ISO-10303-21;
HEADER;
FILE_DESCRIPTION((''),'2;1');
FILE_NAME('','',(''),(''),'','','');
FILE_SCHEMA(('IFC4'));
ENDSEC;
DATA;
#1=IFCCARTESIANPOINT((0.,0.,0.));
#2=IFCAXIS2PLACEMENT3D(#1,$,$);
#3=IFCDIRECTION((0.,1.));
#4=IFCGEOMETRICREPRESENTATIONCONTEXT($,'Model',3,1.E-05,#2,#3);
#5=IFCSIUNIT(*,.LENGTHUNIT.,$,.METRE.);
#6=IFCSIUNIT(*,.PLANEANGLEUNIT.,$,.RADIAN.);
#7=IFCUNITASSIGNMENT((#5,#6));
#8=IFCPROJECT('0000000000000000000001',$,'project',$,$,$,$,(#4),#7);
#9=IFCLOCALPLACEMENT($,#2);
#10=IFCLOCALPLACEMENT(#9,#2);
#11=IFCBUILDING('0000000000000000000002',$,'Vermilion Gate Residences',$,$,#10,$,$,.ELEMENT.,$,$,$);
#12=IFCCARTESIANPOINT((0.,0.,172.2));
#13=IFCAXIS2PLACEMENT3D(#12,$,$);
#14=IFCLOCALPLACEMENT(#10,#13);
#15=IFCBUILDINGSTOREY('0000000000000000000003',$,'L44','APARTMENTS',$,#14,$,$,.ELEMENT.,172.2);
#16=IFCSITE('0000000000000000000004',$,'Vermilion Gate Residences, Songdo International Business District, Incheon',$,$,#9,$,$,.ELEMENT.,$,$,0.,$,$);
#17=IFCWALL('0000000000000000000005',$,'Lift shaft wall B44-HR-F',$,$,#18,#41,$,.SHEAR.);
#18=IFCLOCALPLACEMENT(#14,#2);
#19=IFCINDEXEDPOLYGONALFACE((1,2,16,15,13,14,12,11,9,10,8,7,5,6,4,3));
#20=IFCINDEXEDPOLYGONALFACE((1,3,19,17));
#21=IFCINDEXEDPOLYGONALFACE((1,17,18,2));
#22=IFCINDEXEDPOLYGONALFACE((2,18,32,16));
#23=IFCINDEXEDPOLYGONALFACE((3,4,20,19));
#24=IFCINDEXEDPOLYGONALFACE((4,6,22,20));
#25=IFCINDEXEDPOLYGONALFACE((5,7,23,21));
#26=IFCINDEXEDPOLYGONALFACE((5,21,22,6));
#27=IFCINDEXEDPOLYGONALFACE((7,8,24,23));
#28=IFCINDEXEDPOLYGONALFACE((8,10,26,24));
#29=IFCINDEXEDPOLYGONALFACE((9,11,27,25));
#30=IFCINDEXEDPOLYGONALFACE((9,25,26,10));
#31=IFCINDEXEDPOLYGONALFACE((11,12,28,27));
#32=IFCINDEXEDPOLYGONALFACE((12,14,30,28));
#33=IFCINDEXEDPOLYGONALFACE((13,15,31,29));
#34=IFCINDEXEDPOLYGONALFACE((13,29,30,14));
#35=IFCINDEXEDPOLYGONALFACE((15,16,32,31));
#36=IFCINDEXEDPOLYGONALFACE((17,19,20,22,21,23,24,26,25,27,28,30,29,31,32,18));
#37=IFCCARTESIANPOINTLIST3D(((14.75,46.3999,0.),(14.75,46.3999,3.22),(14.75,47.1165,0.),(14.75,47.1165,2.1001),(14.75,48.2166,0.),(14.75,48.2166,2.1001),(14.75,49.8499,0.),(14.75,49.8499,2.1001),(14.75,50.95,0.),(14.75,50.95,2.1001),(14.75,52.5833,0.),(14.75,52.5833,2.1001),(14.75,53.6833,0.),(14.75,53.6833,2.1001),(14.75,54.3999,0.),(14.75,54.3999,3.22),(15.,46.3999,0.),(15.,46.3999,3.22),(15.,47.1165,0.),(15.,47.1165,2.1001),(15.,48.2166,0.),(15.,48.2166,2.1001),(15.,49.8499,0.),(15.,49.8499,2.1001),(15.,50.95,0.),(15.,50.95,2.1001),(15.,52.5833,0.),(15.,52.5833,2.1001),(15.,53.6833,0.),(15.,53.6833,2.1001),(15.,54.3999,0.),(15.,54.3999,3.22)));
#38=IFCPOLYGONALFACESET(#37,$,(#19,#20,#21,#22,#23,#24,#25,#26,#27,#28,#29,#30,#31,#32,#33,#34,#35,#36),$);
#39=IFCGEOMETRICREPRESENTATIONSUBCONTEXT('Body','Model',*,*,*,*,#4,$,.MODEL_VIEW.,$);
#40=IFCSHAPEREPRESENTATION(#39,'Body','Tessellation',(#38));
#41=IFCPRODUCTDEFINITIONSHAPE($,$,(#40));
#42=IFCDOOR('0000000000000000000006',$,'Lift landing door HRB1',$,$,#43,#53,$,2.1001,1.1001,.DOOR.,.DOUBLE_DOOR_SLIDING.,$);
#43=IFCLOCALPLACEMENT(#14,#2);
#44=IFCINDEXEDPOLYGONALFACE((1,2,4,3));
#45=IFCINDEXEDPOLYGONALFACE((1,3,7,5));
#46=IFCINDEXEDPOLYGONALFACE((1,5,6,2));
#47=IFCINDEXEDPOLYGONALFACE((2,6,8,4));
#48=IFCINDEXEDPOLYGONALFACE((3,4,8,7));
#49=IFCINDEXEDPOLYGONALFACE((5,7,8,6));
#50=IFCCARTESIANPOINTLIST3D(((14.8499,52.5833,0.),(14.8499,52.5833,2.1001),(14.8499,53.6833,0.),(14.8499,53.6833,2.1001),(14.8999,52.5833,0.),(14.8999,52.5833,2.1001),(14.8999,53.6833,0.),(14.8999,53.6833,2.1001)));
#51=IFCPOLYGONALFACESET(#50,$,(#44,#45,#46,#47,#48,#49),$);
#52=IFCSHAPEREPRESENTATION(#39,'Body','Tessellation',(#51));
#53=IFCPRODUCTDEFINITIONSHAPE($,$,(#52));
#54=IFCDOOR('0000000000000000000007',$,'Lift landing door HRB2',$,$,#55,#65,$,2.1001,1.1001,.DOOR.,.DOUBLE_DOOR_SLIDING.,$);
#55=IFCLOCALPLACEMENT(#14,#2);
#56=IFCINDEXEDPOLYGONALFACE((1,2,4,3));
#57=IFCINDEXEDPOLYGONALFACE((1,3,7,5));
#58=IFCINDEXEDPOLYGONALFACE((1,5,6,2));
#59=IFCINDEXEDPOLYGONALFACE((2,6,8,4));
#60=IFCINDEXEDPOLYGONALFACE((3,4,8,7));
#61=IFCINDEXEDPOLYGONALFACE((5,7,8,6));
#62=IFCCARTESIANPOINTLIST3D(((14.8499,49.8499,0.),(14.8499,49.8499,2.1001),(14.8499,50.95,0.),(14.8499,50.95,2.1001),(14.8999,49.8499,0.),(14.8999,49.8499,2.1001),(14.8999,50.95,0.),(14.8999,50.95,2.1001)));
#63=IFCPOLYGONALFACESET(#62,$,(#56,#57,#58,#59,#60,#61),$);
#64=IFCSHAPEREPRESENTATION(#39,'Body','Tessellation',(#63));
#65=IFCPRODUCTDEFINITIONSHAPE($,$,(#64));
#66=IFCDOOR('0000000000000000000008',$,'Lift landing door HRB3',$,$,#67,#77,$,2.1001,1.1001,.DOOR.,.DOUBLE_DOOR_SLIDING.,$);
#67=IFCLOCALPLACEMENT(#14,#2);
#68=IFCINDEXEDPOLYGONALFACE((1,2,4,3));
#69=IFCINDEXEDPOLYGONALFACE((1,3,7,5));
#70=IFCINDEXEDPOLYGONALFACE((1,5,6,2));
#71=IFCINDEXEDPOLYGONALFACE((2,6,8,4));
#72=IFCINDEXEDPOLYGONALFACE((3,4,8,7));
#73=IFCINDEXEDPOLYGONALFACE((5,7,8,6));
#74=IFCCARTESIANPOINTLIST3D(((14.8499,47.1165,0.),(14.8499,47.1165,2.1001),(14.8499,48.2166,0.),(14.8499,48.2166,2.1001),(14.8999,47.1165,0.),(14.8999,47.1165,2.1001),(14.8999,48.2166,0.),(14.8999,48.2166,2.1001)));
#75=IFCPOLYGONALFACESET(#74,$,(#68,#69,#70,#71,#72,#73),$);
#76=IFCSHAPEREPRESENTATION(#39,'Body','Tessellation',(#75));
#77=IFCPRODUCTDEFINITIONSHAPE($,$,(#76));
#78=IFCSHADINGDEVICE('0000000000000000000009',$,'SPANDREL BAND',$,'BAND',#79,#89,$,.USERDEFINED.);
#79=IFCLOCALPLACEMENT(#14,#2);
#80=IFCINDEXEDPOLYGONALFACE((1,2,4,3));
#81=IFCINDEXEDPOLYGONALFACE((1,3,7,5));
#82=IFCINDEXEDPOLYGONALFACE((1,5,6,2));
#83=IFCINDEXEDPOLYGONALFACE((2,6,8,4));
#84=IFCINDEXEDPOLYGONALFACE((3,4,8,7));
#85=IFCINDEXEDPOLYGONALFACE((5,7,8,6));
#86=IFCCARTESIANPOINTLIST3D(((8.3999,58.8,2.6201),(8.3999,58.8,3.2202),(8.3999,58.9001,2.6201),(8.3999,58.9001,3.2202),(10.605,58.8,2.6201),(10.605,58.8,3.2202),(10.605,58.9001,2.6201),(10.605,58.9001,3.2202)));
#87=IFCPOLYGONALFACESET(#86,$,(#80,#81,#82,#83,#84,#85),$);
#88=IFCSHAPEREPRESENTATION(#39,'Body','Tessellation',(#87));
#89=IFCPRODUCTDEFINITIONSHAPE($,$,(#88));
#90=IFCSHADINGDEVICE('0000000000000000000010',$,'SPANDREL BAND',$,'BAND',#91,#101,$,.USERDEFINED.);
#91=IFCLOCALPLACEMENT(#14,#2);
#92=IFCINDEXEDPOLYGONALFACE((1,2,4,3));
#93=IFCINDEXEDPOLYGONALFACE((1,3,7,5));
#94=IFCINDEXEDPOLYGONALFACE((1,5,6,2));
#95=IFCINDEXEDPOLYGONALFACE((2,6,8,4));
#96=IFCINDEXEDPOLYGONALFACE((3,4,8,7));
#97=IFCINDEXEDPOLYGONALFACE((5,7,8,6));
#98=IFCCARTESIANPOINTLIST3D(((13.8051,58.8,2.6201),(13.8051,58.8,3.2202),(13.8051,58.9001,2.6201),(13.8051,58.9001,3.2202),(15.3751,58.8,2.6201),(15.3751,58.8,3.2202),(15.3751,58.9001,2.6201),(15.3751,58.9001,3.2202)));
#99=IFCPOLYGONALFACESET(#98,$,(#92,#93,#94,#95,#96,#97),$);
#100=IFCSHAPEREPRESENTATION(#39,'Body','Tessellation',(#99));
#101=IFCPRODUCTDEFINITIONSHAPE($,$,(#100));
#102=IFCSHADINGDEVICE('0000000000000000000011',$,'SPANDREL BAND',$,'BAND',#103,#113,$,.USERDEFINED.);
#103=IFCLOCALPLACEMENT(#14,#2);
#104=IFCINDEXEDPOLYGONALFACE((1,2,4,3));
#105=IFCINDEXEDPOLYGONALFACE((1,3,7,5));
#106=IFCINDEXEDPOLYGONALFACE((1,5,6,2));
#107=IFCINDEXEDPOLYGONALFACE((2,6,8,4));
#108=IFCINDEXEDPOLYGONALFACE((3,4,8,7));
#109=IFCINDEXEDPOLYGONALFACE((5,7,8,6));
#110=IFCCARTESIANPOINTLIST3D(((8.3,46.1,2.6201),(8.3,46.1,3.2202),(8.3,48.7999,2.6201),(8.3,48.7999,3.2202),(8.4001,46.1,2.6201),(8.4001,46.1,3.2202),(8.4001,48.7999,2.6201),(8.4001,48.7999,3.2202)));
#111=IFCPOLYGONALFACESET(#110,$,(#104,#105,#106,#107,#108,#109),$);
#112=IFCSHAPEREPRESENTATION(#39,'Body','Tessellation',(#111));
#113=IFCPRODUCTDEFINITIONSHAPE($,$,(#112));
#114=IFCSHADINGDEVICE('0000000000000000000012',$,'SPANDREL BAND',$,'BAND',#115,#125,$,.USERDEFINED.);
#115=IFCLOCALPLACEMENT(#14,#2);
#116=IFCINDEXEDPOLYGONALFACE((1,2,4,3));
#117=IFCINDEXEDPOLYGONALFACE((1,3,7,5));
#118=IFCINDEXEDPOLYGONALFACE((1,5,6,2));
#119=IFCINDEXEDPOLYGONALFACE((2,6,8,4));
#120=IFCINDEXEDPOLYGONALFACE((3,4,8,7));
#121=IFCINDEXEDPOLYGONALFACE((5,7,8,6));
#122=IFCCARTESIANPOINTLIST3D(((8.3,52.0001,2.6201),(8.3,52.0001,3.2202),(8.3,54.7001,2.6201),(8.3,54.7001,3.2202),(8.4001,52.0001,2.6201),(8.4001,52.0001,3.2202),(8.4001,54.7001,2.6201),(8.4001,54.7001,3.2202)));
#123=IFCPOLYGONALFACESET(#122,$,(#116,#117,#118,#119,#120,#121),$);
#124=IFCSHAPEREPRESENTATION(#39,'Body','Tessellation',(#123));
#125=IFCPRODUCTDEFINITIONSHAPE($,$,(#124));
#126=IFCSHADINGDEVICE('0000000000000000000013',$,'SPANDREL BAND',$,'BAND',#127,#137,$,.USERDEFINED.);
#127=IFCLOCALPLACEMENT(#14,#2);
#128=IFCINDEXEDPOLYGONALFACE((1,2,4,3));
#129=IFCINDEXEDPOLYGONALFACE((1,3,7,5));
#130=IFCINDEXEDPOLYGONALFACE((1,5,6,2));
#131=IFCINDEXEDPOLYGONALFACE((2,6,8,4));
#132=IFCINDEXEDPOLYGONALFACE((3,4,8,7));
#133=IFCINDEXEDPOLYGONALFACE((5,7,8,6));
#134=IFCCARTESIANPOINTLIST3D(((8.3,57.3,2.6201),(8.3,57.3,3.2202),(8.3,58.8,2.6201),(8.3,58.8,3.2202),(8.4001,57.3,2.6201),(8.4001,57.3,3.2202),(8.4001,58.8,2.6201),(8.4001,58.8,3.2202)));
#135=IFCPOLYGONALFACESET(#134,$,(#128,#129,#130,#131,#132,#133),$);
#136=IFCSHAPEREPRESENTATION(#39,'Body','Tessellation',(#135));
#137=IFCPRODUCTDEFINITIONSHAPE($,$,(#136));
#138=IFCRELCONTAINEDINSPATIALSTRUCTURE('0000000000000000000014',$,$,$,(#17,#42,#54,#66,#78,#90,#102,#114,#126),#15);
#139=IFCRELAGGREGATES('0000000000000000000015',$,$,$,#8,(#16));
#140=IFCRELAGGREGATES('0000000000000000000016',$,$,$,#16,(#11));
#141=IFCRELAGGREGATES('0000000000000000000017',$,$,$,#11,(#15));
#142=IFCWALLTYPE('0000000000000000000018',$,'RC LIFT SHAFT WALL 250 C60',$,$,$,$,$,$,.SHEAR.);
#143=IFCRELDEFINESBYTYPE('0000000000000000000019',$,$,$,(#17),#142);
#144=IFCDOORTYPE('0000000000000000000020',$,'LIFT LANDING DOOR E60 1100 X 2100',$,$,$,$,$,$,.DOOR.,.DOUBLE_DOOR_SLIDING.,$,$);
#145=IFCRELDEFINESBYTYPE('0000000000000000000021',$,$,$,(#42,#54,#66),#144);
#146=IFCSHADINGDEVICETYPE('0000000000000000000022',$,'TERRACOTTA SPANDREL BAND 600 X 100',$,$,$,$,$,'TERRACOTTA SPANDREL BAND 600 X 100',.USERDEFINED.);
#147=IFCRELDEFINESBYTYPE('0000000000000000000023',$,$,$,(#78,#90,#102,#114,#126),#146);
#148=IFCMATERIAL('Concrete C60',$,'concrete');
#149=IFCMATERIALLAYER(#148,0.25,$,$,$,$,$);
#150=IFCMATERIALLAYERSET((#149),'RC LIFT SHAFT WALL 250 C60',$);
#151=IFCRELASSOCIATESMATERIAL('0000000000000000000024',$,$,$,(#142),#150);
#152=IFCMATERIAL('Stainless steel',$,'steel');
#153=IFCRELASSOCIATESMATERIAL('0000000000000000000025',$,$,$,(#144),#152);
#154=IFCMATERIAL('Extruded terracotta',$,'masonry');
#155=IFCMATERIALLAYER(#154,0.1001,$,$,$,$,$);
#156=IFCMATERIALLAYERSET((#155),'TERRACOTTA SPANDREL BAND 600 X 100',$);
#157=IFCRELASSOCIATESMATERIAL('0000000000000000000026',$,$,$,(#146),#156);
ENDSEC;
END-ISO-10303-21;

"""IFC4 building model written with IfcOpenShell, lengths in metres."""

from ifc_helpers import new_model, si_unit, direction, frame, frame_2d, origin, origin_2d, place, context, subcontext, project, spatial, rectangle, extrude, material, layer, layer_set, type_object, element, fill, save


model = new_model("IFC4")

# Units and contexts
model_context = context("Model", 3, precision=1e-05, world=origin(), true_north=direction((0.0, 1.0)))
body_context = subcontext(model_context, "Body", "Model", "MODEL_VIEW")
ifc_project = project(units=[si_unit("LENGTHUNIT", "METRE"), si_unit("PLANEANGLEUNIT", "RADIAN")], contexts=[model_context])

# Site, building, storey
site_placement = place(None, origin())
site = spatial("IfcSite", under=ifc_project, at=site_placement, Name="Vermilion Gate Residences, Songdo International Business District, Incheon", CompositionType="ELEMENT", RefElevation=0.0)
building_placement = place(site_placement, origin())
building = spatial("IfcBuilding", under=site, at=building_placement, Name="Vermilion Gate Residences", CompositionType="ELEMENT")
storey_placement = place(building_placement, frame((0.0, 0.0, 172.2)))
storey = spatial("IfcBuildingStorey", under=building, at=storey_placement, Name="L44", Description="APARTMENTS", CompositionType="ELEMENT", Elevation=172.2)

# Wall, openings, doors
ifc_material_1 = material(Name="Concrete C60", Category="concrete")
ifc_layer_1 = layer(ifc_material_1, 0.25)
ifc_layer_set_1 = layer_set([ifc_layer_1], Name="RC LIFT SHAFT WALL 250 C60")
wall_type_1 = type_object("IfcWallType", Name="RC LIFT SHAFT WALL 250 C60", PredefinedType="SHEAR", material=ifc_layer_set_1)
wall_1_placement = place(storey_placement, frame((14.875, 54.3999, 0.0), z_axis=(0.0, 0.0, 1.0), x_axis=(0.0, -1.0, 0.0)))
wall_1 = element("IfcWall", 1, at=wall_1_placement, inside=storey, type_object=wall_type_1, Name="Lift shaft wall B44-HR-F", PredefinedType="SHEAR", context=body_context, shape_type="SweptSolid", body=[
    extrude(rectangle(XDim=8.0, YDim=0.25, at=frame_2d((4.0, 0.0))), origin(), (0.0, 0.0, 1.0), 3.22),
])
opening_1_placement = place(wall_1_placement, frame((0.7166, 0.0, 0.0)))
opening_1 = element("IfcOpeningElement", 2, at=opening_1_placement, cuts=wall_1, PredefinedType="OPENING", context=body_context, shape_type="SweptSolid", body=[
    extrude(rectangle(XDim=1.1001, YDim=2.1001, at=frame_2d((0.55, 1.05))), frame((0.0, 0.135, 0.0), z_axis=(0.0, -1.0, 0.0), x_axis=(1.0, 0.0, 0.0)), (0.0, 0.0, 1.0), 0.27),
])
opening_2_placement = place(wall_1_placement, frame((3.45, 0.0, 0.0)))
opening_2 = element("IfcOpeningElement", 3, at=opening_2_placement, cuts=wall_1, PredefinedType="OPENING", context=body_context, shape_type="SweptSolid", body=[
    extrude(rectangle(XDim=1.1001, YDim=2.1001, at=frame_2d((0.55, 1.05))), frame((0.0, 0.135, 0.0), z_axis=(0.0, -1.0, 0.0), x_axis=(1.0, 0.0, 0.0)), (0.0, 0.0, 1.0), 0.27),
])
opening_3_placement = place(wall_1_placement, frame((6.1833, 0.0, 0.0)))
opening_3 = element("IfcOpeningElement", 4, at=opening_3_placement, cuts=wall_1, PredefinedType="OPENING", context=body_context, shape_type="SweptSolid", body=[
    extrude(rectangle(XDim=1.1001, YDim=2.1001, at=frame_2d((0.55, 1.05))), frame((0.0, 0.135, 0.0), z_axis=(0.0, -1.0, 0.0), x_axis=(1.0, 0.0, 0.0)), (0.0, 0.0, 1.0), 0.27),
])
ifc_material_2 = material(Name="Stainless steel", Category="steel")
door_type_1 = type_object("IfcDoorType", Name="LIFT LANDING DOOR E60 1100 X 2100", OperationType="DOUBLE_DOOR_SLIDING", PredefinedType="DOOR", material=ifc_material_2)
door_1_placement = place(opening_1_placement, origin())
door_1 = element("IfcDoor", 5, at=door_1_placement, inside=storey, type_object=door_type_1, Name="Lift landing door HRB1", OperationType="DOUBLE_DOOR_SLIDING", OverallHeight=2.1001, OverallWidth=1.1001, PredefinedType="DOOR", context=body_context, shape_type="SweptSolid", body=[
    extrude(rectangle(XDim=1.1001, YDim=2.1001, at=frame_2d((0.55, 1.05))), frame((0.0, 0.0249, 0.0), z_axis=(0.0, -1.0, 0.0), x_axis=(1.0, 0.0, 0.0)), (0.0, 0.0, 1.0), 0.05),
])
fill(opening_1, door_1)
door_2_placement = place(opening_2_placement, origin())
door_2 = element("IfcDoor", 6, at=door_2_placement, inside=storey, type_object=door_type_1, Name="Lift landing door HRB2", OperationType="DOUBLE_DOOR_SLIDING", OverallHeight=2.1001, OverallWidth=1.1001, PredefinedType="DOOR", context=body_context, shape_type="SweptSolid", body=[
    extrude(rectangle(XDim=1.1001, YDim=2.1001, at=frame_2d((0.55, 1.05))), frame((0.0, 0.0249, 0.0), z_axis=(0.0, -1.0, 0.0), x_axis=(1.0, 0.0, 0.0)), (0.0, 0.0, 1.0), 0.05),
])
fill(opening_2, door_2)
door_3_placement = place(opening_3_placement, origin())
door_3 = element("IfcDoor", 7, at=door_3_placement, inside=storey, type_object=door_type_1, Name="Lift landing door HRB3", OperationType="DOUBLE_DOOR_SLIDING", OverallHeight=2.1001, OverallWidth=1.1001, PredefinedType="DOOR", context=body_context, shape_type="SweptSolid", body=[
    extrude(rectangle(XDim=1.1001, YDim=2.1001, at=frame_2d((0.55, 1.05))), frame((0.0, 0.0249, 0.0), z_axis=(0.0, -1.0, 0.0), x_axis=(1.0, 0.0, 0.0)), (0.0, 0.0, 1.0), 0.05),
])
fill(opening_3, door_3)

# Shading devices
ifc_material_3 = material(Name="Extruded terracotta", Category="masonry")
ifc_layer_2 = layer(ifc_material_3, 0.1001)
ifc_layer_set_2 = layer_set([ifc_layer_2], Name="TERRACOTTA SPANDREL BAND 600 X 100")
shading_device_type = type_object("IfcShadingDeviceType", Name="TERRACOTTA SPANDREL BAND 600 X 100", ElementType="TERRACOTTA SPANDREL BAND 600 X 100", PredefinedType="USERDEFINED", material=ifc_layer_set_2)
shading_device_1_placement = place(storey_placement, frame((9.5024, 58.8501, 2.6201), z_axis=(0.0, 0.0, 1.0), x_axis=(1.0, 0.0, 0.0)))
element("IfcShadingDevice", 8, at=shading_device_1_placement, inside=storey, type_object=shading_device_type, Name="SPANDREL BAND", ObjectType="BAND", PredefinedType="USERDEFINED", context=body_context, shape_type="SweptSolid", body=[
    extrude(rectangle(XDim=2.2051, YDim=0.1001, at=origin_2d()), origin(), (0.0, 0.0, 1.0), 0.6001),
])
shading_device_2_placement = place(storey_placement, frame((14.5901, 58.8501, 2.6201), z_axis=(0.0, 0.0, 1.0), x_axis=(1.0, 0.0, 0.0)))
element("IfcShadingDevice", 9, at=shading_device_2_placement, inside=storey, type_object=shading_device_type, Name="SPANDREL BAND", ObjectType="BAND", PredefinedType="USERDEFINED", context=body_context, shape_type="SweptSolid", body=[
    extrude(rectangle(XDim=1.5701, YDim=0.1001, at=origin_2d()), origin(), (0.0, 0.0, 1.0), 0.6001),
])
for number, where, z_axis, x_axis, name in (
    (10, (8.3501, 47.45, 2.6201), (0.0, 0.0, 1.0), (0.0, 1.0, 0.0), "SPANDREL BAND"),
    (11, (8.3501, 53.3501, 2.6201), (0.0, 0.0, 1.0), (0.0, 1.0, 0.0), "SPANDREL BAND"),
):
    element("IfcShadingDevice", number, at=place(storey_placement, frame(where, z_axis=z_axis, x_axis=x_axis)), inside=storey, type_object=shading_device_type, Name=name, ObjectType="BAND", PredefinedType="USERDEFINED", context=body_context, shape_type="SweptSolid", body=[
        extrude(rectangle(XDim=2.7, YDim=0.1001, at=origin_2d()), origin(), (0.0, 0.0, 1.0), 0.6001),
    ])
shading_device_3_placement = place(storey_placement, frame((8.3501, 58.05, 2.6201), z_axis=(0.0, 0.0, 1.0), x_axis=(0.0, 1.0, 0.0)))
element("IfcShadingDevice", 12, at=shading_device_3_placement, inside=storey, type_object=shading_device_type, Name="SPANDREL BAND", ObjectType="BAND", PredefinedType="USERDEFINED", context=body_context, shape_type="SweptSolid", body=[
    extrude(rectangle(XDim=1.5, YDim=0.1001, at=origin_2d()), origin(), (0.0, 0.0, 1.0), 0.6001),
])

save(model, "model.ifc")
